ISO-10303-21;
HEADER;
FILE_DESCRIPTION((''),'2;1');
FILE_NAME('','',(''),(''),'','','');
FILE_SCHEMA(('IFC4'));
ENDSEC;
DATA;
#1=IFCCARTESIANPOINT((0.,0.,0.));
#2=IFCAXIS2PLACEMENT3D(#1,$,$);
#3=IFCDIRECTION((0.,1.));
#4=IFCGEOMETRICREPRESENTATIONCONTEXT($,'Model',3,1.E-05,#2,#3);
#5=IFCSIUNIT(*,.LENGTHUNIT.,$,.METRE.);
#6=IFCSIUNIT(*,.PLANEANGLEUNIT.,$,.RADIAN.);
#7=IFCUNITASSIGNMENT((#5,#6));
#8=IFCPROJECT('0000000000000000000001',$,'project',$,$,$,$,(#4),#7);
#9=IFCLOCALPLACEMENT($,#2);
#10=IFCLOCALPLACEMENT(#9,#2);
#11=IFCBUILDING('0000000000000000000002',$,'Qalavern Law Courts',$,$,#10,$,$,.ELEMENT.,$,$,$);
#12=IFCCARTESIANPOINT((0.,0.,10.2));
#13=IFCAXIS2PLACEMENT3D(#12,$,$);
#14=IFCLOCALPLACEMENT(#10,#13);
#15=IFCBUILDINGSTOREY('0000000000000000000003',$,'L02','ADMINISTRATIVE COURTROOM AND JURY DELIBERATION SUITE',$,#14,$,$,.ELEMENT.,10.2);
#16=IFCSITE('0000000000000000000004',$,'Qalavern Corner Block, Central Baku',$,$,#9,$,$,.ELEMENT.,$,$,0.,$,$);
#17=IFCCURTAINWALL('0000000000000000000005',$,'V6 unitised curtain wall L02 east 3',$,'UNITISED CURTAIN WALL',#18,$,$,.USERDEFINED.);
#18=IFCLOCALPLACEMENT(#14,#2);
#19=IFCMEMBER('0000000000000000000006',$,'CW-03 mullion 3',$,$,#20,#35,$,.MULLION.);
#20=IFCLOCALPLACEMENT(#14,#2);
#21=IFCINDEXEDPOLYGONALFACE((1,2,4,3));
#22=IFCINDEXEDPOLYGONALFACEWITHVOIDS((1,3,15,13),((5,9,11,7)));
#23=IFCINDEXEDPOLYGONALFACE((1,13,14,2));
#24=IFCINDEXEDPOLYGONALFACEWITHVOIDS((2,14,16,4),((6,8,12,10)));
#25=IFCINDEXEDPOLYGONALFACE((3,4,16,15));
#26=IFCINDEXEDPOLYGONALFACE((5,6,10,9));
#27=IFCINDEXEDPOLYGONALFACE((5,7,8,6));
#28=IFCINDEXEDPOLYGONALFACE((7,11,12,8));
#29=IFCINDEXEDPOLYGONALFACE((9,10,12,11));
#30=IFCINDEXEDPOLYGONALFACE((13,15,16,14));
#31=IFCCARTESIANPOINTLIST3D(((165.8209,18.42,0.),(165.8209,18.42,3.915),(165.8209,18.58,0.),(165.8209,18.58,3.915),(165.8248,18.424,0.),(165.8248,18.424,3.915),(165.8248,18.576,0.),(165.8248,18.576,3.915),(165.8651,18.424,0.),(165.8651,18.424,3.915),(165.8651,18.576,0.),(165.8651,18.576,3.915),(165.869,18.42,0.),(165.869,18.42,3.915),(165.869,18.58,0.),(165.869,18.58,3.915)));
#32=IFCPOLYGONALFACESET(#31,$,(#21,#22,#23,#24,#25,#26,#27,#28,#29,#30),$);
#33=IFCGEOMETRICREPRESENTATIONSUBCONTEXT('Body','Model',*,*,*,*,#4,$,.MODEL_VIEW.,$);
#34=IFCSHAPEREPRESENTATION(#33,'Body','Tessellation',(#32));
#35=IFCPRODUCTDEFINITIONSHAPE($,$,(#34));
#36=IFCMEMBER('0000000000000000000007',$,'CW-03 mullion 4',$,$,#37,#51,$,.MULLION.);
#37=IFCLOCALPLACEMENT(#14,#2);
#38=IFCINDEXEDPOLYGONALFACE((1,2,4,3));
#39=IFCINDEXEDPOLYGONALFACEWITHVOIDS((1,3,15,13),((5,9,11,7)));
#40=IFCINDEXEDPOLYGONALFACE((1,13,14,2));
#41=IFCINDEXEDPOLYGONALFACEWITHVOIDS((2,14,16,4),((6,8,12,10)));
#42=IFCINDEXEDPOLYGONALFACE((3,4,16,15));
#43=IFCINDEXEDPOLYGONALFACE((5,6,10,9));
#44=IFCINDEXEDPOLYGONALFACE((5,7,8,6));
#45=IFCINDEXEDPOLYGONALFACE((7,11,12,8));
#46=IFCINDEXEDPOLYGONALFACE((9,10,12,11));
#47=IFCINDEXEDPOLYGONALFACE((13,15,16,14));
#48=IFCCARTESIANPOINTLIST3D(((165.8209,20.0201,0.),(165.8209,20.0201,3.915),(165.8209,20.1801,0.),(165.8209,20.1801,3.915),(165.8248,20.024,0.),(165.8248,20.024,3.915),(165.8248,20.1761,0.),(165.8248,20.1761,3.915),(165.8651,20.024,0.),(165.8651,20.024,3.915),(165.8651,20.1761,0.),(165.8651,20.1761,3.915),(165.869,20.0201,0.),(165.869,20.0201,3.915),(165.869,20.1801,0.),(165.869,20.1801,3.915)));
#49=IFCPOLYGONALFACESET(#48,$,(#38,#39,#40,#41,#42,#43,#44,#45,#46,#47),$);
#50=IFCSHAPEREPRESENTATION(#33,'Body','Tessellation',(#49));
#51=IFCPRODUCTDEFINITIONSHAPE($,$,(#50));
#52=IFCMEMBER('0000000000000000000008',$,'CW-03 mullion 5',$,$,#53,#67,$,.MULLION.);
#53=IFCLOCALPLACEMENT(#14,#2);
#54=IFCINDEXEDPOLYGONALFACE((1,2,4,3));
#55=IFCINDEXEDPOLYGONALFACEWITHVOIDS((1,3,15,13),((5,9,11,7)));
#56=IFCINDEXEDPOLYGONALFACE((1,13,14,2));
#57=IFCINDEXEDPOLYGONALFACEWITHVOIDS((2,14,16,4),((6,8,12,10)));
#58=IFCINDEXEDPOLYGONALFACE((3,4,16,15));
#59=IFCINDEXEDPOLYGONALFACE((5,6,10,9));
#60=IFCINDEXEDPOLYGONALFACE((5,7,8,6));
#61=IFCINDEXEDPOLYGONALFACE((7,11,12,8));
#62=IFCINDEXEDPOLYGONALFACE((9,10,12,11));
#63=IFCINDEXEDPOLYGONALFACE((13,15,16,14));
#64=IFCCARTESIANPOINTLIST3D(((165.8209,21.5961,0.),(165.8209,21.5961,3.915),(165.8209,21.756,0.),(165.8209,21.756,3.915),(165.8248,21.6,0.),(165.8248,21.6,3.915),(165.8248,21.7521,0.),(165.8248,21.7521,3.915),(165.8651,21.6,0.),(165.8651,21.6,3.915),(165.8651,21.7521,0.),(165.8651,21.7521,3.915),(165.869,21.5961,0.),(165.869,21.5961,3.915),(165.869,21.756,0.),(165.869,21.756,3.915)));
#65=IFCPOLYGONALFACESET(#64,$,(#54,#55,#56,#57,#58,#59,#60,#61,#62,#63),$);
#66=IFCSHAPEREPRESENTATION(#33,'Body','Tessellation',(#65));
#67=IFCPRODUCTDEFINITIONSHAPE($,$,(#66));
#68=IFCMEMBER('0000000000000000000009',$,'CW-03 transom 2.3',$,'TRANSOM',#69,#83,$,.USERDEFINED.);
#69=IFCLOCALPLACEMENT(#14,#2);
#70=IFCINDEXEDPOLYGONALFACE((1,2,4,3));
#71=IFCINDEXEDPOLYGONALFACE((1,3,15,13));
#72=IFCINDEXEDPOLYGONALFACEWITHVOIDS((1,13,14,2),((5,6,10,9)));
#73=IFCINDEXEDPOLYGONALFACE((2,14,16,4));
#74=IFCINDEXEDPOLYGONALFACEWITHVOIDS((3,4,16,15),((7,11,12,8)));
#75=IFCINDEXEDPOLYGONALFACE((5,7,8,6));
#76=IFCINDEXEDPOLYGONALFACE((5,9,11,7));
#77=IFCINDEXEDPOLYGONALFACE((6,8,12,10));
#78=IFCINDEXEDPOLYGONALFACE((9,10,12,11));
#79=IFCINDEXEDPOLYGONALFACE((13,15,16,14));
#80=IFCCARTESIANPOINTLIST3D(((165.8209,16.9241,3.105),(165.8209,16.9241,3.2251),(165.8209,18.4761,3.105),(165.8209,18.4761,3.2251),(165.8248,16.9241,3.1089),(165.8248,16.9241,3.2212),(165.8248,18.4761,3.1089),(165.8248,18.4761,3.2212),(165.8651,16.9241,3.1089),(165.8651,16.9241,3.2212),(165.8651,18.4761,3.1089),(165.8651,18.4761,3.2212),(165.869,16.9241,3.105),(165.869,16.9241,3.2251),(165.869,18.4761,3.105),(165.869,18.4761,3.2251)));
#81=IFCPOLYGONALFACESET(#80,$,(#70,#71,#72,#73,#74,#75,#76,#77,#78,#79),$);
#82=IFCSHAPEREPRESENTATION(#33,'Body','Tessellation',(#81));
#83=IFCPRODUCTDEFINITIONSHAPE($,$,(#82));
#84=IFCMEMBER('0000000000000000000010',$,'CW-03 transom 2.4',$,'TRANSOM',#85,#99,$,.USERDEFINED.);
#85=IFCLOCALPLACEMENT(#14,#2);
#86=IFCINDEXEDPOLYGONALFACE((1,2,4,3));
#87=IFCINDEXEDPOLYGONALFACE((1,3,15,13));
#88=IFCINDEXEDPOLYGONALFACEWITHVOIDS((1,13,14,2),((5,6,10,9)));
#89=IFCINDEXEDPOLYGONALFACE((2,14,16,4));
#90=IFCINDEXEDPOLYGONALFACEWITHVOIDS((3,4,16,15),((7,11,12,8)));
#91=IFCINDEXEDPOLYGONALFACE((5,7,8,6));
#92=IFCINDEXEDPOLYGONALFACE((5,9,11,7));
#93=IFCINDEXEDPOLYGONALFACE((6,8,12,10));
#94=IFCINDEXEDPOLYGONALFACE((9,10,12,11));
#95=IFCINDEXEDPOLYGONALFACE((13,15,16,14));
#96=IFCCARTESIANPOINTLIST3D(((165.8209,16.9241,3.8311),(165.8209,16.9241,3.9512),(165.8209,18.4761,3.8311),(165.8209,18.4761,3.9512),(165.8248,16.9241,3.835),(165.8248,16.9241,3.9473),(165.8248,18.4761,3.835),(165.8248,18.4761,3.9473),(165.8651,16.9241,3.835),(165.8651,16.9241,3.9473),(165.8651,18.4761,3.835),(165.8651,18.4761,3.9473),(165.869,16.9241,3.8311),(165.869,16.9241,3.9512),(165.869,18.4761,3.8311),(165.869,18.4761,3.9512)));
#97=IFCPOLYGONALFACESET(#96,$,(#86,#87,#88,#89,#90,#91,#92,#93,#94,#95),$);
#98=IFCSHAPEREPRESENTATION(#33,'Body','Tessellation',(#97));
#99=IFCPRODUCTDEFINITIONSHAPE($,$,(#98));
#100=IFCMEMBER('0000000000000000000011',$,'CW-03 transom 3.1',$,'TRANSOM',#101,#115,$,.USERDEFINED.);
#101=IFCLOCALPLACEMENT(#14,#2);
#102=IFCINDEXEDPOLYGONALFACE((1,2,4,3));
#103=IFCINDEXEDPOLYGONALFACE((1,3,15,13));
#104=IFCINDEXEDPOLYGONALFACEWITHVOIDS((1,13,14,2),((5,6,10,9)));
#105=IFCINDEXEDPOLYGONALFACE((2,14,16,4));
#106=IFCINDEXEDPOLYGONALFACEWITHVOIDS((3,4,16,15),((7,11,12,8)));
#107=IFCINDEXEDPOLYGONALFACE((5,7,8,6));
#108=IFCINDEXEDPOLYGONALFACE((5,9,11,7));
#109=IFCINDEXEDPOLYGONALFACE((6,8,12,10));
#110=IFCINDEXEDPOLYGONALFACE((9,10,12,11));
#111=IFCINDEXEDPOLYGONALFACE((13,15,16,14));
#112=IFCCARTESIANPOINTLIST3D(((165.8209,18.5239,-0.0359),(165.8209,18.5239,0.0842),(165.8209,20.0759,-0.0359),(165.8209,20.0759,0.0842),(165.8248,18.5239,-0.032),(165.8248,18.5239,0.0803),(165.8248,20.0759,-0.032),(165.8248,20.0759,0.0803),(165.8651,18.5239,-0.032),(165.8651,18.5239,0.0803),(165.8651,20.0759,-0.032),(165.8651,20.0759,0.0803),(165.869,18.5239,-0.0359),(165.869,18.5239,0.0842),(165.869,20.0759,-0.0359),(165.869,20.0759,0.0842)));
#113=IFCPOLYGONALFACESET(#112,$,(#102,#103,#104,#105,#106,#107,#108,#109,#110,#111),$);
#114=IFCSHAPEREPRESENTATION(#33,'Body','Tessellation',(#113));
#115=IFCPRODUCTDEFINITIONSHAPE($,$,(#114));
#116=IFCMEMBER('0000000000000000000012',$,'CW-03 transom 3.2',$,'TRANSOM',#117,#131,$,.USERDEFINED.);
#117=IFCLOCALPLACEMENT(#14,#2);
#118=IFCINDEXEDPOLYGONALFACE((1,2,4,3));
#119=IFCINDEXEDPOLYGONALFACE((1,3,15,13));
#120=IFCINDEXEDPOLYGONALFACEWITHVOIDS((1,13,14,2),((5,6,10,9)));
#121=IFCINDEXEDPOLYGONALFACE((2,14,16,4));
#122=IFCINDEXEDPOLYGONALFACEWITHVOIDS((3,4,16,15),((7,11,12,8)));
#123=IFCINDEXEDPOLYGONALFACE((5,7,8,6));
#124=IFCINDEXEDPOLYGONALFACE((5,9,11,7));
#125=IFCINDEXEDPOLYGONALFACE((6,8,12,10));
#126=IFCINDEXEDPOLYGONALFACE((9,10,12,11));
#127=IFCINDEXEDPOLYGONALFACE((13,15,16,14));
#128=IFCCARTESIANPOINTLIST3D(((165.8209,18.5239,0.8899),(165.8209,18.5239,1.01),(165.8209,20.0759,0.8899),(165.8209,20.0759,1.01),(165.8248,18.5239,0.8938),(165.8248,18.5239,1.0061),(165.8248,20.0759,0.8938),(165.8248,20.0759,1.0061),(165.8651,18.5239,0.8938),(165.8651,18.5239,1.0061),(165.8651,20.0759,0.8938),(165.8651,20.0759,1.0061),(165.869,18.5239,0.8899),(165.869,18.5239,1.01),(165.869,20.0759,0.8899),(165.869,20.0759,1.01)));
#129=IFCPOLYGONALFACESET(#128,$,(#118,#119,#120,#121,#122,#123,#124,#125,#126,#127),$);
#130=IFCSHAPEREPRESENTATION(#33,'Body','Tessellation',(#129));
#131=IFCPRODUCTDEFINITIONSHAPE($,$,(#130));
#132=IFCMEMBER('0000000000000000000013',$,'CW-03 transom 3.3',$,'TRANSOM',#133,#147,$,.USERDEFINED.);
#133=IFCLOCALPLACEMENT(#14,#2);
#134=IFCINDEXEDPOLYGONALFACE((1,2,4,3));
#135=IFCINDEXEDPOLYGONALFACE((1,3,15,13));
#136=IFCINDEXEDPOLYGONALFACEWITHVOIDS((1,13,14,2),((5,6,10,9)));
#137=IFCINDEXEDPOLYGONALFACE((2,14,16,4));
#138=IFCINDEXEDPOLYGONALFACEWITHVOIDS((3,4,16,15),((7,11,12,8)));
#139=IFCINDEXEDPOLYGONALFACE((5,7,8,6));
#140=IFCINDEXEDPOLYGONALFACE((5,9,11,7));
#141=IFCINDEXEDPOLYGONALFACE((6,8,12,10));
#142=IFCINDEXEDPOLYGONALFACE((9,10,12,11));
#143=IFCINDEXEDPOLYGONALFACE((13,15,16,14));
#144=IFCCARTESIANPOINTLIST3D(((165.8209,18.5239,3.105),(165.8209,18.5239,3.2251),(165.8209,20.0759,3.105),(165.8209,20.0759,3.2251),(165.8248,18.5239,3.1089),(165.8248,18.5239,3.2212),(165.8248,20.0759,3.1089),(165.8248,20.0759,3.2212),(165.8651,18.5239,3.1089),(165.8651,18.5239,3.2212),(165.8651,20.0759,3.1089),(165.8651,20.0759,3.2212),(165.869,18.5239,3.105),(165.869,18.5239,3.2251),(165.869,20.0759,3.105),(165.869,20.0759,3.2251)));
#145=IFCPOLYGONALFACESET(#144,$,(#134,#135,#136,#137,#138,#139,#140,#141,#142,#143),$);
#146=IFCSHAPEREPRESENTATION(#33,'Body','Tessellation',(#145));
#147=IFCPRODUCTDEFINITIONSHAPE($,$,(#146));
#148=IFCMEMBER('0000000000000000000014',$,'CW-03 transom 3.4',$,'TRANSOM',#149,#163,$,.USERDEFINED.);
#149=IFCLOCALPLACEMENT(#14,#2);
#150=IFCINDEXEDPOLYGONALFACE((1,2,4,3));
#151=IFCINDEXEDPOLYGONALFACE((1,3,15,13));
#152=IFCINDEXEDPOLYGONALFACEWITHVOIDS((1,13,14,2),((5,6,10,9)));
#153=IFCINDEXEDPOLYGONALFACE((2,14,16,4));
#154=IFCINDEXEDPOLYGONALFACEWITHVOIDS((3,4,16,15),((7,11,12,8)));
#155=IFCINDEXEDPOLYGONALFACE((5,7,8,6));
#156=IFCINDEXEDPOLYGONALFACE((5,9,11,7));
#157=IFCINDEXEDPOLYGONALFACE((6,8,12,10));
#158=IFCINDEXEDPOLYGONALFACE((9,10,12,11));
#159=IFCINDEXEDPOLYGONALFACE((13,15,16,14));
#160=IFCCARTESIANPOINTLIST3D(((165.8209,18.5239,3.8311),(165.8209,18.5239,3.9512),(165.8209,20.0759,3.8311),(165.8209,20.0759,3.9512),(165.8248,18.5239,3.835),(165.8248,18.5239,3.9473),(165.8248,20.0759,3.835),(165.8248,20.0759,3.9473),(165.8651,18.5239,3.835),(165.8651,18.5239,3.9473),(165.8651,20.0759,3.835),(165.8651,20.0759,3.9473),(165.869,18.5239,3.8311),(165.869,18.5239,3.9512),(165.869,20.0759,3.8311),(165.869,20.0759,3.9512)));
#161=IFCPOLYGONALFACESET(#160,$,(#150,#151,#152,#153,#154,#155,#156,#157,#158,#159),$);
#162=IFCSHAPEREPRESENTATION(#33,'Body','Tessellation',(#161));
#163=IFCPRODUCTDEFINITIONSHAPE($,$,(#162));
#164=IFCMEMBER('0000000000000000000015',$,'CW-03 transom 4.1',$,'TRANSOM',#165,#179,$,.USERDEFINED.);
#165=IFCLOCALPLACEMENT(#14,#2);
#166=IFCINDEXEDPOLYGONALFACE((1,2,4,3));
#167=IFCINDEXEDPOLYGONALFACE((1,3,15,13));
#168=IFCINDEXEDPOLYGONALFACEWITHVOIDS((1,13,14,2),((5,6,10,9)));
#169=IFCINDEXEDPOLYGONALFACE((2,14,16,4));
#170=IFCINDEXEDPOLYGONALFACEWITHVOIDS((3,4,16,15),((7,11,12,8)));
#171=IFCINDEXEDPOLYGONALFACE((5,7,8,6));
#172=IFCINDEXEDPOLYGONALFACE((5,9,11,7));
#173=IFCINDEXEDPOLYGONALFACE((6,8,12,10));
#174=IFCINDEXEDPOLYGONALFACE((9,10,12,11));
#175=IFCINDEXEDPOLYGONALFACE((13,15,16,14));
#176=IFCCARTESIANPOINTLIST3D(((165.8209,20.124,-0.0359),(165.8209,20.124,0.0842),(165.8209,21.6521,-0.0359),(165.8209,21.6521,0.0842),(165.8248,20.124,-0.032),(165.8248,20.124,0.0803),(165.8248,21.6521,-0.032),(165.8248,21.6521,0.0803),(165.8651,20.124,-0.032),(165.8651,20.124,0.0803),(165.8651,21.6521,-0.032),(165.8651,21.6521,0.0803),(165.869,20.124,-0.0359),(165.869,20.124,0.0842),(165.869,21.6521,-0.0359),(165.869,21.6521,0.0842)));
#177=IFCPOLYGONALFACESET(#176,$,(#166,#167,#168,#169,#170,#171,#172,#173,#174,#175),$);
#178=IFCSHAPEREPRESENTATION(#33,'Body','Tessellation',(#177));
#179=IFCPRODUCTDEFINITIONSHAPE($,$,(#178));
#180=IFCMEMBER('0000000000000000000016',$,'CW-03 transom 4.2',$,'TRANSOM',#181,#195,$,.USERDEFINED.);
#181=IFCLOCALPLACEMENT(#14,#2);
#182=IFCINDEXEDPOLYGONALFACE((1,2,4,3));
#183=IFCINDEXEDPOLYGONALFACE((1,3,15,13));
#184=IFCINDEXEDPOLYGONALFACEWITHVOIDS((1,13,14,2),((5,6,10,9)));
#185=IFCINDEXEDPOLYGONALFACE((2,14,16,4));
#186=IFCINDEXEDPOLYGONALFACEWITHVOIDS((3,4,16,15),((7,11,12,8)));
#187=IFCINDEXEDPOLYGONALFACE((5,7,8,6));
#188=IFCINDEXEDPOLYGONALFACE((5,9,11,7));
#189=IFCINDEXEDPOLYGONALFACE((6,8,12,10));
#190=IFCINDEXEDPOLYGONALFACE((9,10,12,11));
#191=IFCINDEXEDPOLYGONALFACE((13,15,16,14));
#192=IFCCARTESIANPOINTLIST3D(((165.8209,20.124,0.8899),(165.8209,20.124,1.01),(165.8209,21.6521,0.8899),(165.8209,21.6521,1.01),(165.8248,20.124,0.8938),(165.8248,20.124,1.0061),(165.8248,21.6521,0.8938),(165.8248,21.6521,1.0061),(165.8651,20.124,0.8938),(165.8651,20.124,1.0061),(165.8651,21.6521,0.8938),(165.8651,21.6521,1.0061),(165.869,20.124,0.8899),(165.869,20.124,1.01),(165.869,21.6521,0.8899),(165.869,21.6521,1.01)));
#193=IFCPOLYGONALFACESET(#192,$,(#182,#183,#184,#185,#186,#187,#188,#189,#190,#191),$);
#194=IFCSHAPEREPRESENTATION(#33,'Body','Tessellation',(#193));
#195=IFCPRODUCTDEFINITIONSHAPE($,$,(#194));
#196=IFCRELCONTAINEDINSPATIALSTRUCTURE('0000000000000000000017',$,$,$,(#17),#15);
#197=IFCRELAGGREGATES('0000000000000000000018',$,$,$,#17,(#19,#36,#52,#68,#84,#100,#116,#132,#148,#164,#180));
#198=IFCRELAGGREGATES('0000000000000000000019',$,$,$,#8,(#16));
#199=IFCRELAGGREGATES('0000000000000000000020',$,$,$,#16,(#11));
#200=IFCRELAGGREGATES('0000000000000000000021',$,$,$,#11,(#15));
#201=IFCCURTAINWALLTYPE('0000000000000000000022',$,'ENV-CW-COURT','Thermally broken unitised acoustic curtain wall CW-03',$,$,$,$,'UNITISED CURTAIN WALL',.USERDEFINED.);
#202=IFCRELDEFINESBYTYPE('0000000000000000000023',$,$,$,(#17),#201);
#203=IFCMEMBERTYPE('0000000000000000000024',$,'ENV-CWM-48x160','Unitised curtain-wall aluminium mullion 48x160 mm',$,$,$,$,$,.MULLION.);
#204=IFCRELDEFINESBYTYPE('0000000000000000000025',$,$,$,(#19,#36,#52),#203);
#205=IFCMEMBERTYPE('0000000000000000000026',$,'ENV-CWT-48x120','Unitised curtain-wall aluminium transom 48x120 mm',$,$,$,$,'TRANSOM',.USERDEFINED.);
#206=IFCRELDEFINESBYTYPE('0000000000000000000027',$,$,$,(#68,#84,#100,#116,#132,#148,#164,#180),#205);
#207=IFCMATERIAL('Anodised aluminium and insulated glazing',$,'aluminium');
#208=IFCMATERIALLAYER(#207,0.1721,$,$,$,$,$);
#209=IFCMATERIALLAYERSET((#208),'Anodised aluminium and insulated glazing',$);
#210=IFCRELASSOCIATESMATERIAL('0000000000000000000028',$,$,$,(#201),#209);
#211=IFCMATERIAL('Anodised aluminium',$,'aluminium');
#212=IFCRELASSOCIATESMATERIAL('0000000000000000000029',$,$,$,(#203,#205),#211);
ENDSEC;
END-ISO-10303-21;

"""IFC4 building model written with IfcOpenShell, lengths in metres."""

from ifc_helpers import new_model, si_unit, direction, frame, origin, origin_2d, place, context, subcontext, project, spatial, hollow_rectangle, extrude, material, layer, layer_set, material_profile, profile_set, type_object, element, aggregate, save


model = new_model("IFC4")

# Units and contexts
model_context = context("Model", 3, precision=1e-05, world=origin(), true_north=direction((0.0, 1.0)))
body_context = subcontext(model_context, "Body", "Model", "MODEL_VIEW")
ifc_project = project(units=[si_unit("LENGTHUNIT", "METRE"), si_unit("PLANEANGLEUNIT", "RADIAN")], contexts=[model_context])

# Site, building, storey
site_placement = place(None, origin())
site = spatial("IfcSite", under=ifc_project, at=site_placement, Name="Qalavern Corner Block, Central Baku", CompositionType="ELEMENT", RefElevation=0.0)
building_placement = place(site_placement, origin())
building = spatial("IfcBuilding", under=site, at=building_placement, Name="Qalavern Law Courts", CompositionType="ELEMENT")
storey_placement = place(building_placement, frame((0.0, 0.0, 10.2)))
storey = spatial("IfcBuildingStorey", under=building, at=storey_placement, Name="L02", Description="ADMINISTRATIVE COURTROOM AND JURY DELIBERATION SUITE", CompositionType="ELEMENT", Elevation=10.2)

# Curtain wall, members
ifc_material_1 = material(Name="Anodised aluminium and insulated glazing", Category="aluminium")
ifc_layer_1 = layer(ifc_material_1, 0.1721)
ifc_layer_set_1 = layer_set([ifc_layer_1], Name="Anodised aluminium and insulated glazing")
curtain_wall_type = type_object("IfcCurtainWallType", Name="ENV-CW-COURT", Description="Thermally broken unitised acoustic curtain wall CW-03", ElementType="UNITISED CURTAIN WALL", PredefinedType="USERDEFINED", material=ifc_layer_set_1)
curtain_wall_placement = place(storey_placement, origin())
curtain_wall = element("IfcCurtainWall", 1, at=curtain_wall_placement, inside=storey, type_object=curtain_wall_type, Name="V6 unitised curtain wall L02 east 3", ObjectType="UNITISED CURTAIN WALL", PredefinedType="USERDEFINED")
ifc_material_2 = material(Name="Anodised aluminium", Category="aluminium")
ifc_material_profile_1 = material_profile(ifc_material_2, hollow_rectangle(XDim=0.0481, YDim=0.1599, WallThickness=0.0039, at=origin_2d()), Name="ALU MULLION 48x160")
ifc_profile_set_1 = profile_set([ifc_material_profile_1], Name="Anodised aluminium")
member_type_1 = type_object("IfcMemberType", Name="ENV-CWM-48x160", Description="Unitised curtain-wall aluminium mullion 48x160 mm", PredefinedType="MULLION", material=ifc_profile_set_1)
member_1_placement = place(storey_placement, frame((165.845, 18.5, 0.0), z_axis=(0.0, 0.0, 1.0), x_axis=(-1.0, 0.0, 0.0)))
member_1 = element("IfcMember", 2, at=member_1_placement, type_object=member_type_1, Name="CW-03 mullion 3", PredefinedType="MULLION", context=body_context, shape_type="SweptSolid", body=[
    extrude(hollow_rectangle(XDim=0.0481, YDim=0.1599, WallThickness=0.0039, at=origin_2d()), origin(), (0.0, 0.0, 1.0), 3.915),
])
member_2_placement = place(storey_placement, frame((165.845, 20.1001, 0.0), z_axis=(0.0, 0.0, 1.0), x_axis=(-1.0, 0.0, 0.0)))
member_2 = element("IfcMember", 3, at=member_2_placement, type_object=member_type_1, Name="CW-03 mullion 4", PredefinedType="MULLION", context=body_context, shape_type="SweptSolid", body=[
    extrude(hollow_rectangle(XDim=0.0481, YDim=0.1599, WallThickness=0.0039, at=origin_2d()), origin(), (0.0, 0.0, 1.0), 3.915),
])
member_3_placement = place(storey_placement, frame((165.845, 21.676, 0.0), z_axis=(0.0, 0.0, 1.0), x_axis=(-1.0, 0.0, 0.0)))
member_3 = element("IfcMember", 4, at=member_3_placement, type_object=member_type_1, Name="CW-03 mullion 5", PredefinedType="MULLION", context=body_context, shape_type="SweptSolid", body=[
    extrude(hollow_rectangle(XDim=0.0481, YDim=0.1599, WallThickness=0.0039, at=origin_2d()), origin(), (0.0, 0.0, 1.0), 3.915),
])
ifc_material_profile_2 = material_profile(ifc_material_2, hollow_rectangle(XDim=0.0481, YDim=0.1201, WallThickness=0.0039, at=origin_2d()), Name="ALU TRANSOM 48x120")
ifc_profile_set_2 = profile_set([ifc_material_profile_2], Name="Anodised aluminium")
member_type_2 = type_object("IfcMemberType", Name="ENV-CWT-48x120", Description="Unitised curtain-wall aluminium transom 48x120 mm", ElementType="TRANSOM", PredefinedType="USERDEFINED", material=ifc_profile_set_2)
member_4_placement = place(storey_placement, frame((165.845, 16.9241, 3.165), z_axis=(0.0, 1.0, 0.0), x_axis=(-1.0, 0.0, 0.0)))
member_4 = element("IfcMember", 5, at=member_4_placement, type_object=member_type_2, Name="CW-03 transom 2.3", ObjectType="TRANSOM", PredefinedType="USERDEFINED", context=body_context, shape_type="SweptSolid", body=[
    extrude(hollow_rectangle(XDim=0.0481, YDim=0.1201, WallThickness=0.0039, at=origin_2d()), origin(), (0.0, 0.0, 1.0), 1.552),
])
member_5_placement = place(storey_placement, frame((165.845, 16.9241, 3.8911), z_axis=(0.0, 1.0, 0.0), x_axis=(-1.0, 0.0, 0.0)))
member_5 = element("IfcMember", 6, at=member_5_placement, type_object=member_type_2, Name="CW-03 transom 2.4", ObjectType="TRANSOM", PredefinedType="USERDEFINED", context=body_context, shape_type="SweptSolid", body=[
    extrude(hollow_rectangle(XDim=0.0481, YDim=0.1201, WallThickness=0.0039, at=origin_2d()), origin(), (0.0, 0.0, 1.0), 1.552),
])
member_6_placement = place(storey_placement, frame((165.845, 18.5239, 0.0242), z_axis=(0.0, 1.0, 0.0), x_axis=(-1.0, 0.0, 0.0)))
member_6 = element("IfcMember", 7, at=member_6_placement, type_object=member_type_2, Name="CW-03 transom 3.1", ObjectType="TRANSOM", PredefinedType="USERDEFINED", context=body_context, shape_type="SweptSolid", body=[
    extrude(hollow_rectangle(XDim=0.0481, YDim=0.1201, WallThickness=0.0039, at=origin_2d()), origin(), (0.0, 0.0, 1.0), 1.552),
])
member_7_placement = place(storey_placement, frame((165.845, 18.5239, 0.95), z_axis=(0.0, 1.0, 0.0), x_axis=(-1.0, 0.0, 0.0)))
member_7 = element("IfcMember", 8, at=member_7_placement, type_object=member_type_2, Name="CW-03 transom 3.2", ObjectType="TRANSOM", PredefinedType="USERDEFINED", context=body_context, shape_type="SweptSolid", body=[
    extrude(hollow_rectangle(XDim=0.0481, YDim=0.1201, WallThickness=0.0039, at=origin_2d()), origin(), (0.0, 0.0, 1.0), 1.552),
])
member_8_placement = place(storey_placement, frame((165.845, 18.5239, 3.165), z_axis=(0.0, 1.0, 0.0), x_axis=(-1.0, 0.0, 0.0)))
member_8 = element("IfcMember", 9, at=member_8_placement, type_object=member_type_2, Name="CW-03 transom 3.3", ObjectType="TRANSOM", PredefinedType="USERDEFINED", context=body_context, shape_type="SweptSolid", body=[
    extrude(hollow_rectangle(XDim=0.0481, YDim=0.1201, WallThickness=0.0039, at=origin_2d()), origin(), (0.0, 0.0, 1.0), 1.552),
])
member_9_placement = place(storey_placement, frame((165.845, 18.5239, 3.8911), z_axis=(0.0, 1.0, 0.0), x_axis=(-1.0, 0.0, 0.0)))
member_9 = element("IfcMember", 10, at=member_9_placement, type_object=member_type_2, Name="CW-03 transom 3.4", ObjectType="TRANSOM", PredefinedType="USERDEFINED", context=body_context, shape_type="SweptSolid", body=[
    extrude(hollow_rectangle(XDim=0.0481, YDim=0.1201, WallThickness=0.0039, at=origin_2d()), origin(), (0.0, 0.0, 1.0), 1.552),
])
member_10_placement = place(storey_placement, frame((165.845, 20.124, 0.0242), z_axis=(0.0, 1.0, 0.0), x_axis=(-1.0, 0.0, 0.0)))
member_10 = element("IfcMember", 11, at=member_10_placement, type_object=member_type_2, Name="CW-03 transom 4.1", ObjectType="TRANSOM", PredefinedType="USERDEFINED", context=body_context, shape_type="SweptSolid", body=[
    extrude(hollow_rectangle(XDim=0.0481, YDim=0.1201, WallThickness=0.0039, at=origin_2d()), origin(), (0.0, 0.0, 1.0), 1.5281),
])
member_11_placement = place(storey_placement, frame((165.845, 20.124, 0.95), z_axis=(0.0, 1.0, 0.0), x_axis=(-1.0, 0.0, 0.0)))
member_11 = element("IfcMember", 12, at=member_11_placement, type_object=member_type_2, Name="CW-03 transom 4.2", ObjectType="TRANSOM", PredefinedType="USERDEFINED", context=body_context, shape_type="SweptSolid", body=[
    extrude(hollow_rectangle(XDim=0.0481, YDim=0.1201, WallThickness=0.0039, at=origin_2d()), origin(), (0.0, 0.0, 1.0), 1.5281),
])
aggregate(curtain_wall, [member_1, member_2, member_3, member_4, member_5, member_6, member_7, member_8, member_9, member_10, member_11])

save(model, "model.ifc")
